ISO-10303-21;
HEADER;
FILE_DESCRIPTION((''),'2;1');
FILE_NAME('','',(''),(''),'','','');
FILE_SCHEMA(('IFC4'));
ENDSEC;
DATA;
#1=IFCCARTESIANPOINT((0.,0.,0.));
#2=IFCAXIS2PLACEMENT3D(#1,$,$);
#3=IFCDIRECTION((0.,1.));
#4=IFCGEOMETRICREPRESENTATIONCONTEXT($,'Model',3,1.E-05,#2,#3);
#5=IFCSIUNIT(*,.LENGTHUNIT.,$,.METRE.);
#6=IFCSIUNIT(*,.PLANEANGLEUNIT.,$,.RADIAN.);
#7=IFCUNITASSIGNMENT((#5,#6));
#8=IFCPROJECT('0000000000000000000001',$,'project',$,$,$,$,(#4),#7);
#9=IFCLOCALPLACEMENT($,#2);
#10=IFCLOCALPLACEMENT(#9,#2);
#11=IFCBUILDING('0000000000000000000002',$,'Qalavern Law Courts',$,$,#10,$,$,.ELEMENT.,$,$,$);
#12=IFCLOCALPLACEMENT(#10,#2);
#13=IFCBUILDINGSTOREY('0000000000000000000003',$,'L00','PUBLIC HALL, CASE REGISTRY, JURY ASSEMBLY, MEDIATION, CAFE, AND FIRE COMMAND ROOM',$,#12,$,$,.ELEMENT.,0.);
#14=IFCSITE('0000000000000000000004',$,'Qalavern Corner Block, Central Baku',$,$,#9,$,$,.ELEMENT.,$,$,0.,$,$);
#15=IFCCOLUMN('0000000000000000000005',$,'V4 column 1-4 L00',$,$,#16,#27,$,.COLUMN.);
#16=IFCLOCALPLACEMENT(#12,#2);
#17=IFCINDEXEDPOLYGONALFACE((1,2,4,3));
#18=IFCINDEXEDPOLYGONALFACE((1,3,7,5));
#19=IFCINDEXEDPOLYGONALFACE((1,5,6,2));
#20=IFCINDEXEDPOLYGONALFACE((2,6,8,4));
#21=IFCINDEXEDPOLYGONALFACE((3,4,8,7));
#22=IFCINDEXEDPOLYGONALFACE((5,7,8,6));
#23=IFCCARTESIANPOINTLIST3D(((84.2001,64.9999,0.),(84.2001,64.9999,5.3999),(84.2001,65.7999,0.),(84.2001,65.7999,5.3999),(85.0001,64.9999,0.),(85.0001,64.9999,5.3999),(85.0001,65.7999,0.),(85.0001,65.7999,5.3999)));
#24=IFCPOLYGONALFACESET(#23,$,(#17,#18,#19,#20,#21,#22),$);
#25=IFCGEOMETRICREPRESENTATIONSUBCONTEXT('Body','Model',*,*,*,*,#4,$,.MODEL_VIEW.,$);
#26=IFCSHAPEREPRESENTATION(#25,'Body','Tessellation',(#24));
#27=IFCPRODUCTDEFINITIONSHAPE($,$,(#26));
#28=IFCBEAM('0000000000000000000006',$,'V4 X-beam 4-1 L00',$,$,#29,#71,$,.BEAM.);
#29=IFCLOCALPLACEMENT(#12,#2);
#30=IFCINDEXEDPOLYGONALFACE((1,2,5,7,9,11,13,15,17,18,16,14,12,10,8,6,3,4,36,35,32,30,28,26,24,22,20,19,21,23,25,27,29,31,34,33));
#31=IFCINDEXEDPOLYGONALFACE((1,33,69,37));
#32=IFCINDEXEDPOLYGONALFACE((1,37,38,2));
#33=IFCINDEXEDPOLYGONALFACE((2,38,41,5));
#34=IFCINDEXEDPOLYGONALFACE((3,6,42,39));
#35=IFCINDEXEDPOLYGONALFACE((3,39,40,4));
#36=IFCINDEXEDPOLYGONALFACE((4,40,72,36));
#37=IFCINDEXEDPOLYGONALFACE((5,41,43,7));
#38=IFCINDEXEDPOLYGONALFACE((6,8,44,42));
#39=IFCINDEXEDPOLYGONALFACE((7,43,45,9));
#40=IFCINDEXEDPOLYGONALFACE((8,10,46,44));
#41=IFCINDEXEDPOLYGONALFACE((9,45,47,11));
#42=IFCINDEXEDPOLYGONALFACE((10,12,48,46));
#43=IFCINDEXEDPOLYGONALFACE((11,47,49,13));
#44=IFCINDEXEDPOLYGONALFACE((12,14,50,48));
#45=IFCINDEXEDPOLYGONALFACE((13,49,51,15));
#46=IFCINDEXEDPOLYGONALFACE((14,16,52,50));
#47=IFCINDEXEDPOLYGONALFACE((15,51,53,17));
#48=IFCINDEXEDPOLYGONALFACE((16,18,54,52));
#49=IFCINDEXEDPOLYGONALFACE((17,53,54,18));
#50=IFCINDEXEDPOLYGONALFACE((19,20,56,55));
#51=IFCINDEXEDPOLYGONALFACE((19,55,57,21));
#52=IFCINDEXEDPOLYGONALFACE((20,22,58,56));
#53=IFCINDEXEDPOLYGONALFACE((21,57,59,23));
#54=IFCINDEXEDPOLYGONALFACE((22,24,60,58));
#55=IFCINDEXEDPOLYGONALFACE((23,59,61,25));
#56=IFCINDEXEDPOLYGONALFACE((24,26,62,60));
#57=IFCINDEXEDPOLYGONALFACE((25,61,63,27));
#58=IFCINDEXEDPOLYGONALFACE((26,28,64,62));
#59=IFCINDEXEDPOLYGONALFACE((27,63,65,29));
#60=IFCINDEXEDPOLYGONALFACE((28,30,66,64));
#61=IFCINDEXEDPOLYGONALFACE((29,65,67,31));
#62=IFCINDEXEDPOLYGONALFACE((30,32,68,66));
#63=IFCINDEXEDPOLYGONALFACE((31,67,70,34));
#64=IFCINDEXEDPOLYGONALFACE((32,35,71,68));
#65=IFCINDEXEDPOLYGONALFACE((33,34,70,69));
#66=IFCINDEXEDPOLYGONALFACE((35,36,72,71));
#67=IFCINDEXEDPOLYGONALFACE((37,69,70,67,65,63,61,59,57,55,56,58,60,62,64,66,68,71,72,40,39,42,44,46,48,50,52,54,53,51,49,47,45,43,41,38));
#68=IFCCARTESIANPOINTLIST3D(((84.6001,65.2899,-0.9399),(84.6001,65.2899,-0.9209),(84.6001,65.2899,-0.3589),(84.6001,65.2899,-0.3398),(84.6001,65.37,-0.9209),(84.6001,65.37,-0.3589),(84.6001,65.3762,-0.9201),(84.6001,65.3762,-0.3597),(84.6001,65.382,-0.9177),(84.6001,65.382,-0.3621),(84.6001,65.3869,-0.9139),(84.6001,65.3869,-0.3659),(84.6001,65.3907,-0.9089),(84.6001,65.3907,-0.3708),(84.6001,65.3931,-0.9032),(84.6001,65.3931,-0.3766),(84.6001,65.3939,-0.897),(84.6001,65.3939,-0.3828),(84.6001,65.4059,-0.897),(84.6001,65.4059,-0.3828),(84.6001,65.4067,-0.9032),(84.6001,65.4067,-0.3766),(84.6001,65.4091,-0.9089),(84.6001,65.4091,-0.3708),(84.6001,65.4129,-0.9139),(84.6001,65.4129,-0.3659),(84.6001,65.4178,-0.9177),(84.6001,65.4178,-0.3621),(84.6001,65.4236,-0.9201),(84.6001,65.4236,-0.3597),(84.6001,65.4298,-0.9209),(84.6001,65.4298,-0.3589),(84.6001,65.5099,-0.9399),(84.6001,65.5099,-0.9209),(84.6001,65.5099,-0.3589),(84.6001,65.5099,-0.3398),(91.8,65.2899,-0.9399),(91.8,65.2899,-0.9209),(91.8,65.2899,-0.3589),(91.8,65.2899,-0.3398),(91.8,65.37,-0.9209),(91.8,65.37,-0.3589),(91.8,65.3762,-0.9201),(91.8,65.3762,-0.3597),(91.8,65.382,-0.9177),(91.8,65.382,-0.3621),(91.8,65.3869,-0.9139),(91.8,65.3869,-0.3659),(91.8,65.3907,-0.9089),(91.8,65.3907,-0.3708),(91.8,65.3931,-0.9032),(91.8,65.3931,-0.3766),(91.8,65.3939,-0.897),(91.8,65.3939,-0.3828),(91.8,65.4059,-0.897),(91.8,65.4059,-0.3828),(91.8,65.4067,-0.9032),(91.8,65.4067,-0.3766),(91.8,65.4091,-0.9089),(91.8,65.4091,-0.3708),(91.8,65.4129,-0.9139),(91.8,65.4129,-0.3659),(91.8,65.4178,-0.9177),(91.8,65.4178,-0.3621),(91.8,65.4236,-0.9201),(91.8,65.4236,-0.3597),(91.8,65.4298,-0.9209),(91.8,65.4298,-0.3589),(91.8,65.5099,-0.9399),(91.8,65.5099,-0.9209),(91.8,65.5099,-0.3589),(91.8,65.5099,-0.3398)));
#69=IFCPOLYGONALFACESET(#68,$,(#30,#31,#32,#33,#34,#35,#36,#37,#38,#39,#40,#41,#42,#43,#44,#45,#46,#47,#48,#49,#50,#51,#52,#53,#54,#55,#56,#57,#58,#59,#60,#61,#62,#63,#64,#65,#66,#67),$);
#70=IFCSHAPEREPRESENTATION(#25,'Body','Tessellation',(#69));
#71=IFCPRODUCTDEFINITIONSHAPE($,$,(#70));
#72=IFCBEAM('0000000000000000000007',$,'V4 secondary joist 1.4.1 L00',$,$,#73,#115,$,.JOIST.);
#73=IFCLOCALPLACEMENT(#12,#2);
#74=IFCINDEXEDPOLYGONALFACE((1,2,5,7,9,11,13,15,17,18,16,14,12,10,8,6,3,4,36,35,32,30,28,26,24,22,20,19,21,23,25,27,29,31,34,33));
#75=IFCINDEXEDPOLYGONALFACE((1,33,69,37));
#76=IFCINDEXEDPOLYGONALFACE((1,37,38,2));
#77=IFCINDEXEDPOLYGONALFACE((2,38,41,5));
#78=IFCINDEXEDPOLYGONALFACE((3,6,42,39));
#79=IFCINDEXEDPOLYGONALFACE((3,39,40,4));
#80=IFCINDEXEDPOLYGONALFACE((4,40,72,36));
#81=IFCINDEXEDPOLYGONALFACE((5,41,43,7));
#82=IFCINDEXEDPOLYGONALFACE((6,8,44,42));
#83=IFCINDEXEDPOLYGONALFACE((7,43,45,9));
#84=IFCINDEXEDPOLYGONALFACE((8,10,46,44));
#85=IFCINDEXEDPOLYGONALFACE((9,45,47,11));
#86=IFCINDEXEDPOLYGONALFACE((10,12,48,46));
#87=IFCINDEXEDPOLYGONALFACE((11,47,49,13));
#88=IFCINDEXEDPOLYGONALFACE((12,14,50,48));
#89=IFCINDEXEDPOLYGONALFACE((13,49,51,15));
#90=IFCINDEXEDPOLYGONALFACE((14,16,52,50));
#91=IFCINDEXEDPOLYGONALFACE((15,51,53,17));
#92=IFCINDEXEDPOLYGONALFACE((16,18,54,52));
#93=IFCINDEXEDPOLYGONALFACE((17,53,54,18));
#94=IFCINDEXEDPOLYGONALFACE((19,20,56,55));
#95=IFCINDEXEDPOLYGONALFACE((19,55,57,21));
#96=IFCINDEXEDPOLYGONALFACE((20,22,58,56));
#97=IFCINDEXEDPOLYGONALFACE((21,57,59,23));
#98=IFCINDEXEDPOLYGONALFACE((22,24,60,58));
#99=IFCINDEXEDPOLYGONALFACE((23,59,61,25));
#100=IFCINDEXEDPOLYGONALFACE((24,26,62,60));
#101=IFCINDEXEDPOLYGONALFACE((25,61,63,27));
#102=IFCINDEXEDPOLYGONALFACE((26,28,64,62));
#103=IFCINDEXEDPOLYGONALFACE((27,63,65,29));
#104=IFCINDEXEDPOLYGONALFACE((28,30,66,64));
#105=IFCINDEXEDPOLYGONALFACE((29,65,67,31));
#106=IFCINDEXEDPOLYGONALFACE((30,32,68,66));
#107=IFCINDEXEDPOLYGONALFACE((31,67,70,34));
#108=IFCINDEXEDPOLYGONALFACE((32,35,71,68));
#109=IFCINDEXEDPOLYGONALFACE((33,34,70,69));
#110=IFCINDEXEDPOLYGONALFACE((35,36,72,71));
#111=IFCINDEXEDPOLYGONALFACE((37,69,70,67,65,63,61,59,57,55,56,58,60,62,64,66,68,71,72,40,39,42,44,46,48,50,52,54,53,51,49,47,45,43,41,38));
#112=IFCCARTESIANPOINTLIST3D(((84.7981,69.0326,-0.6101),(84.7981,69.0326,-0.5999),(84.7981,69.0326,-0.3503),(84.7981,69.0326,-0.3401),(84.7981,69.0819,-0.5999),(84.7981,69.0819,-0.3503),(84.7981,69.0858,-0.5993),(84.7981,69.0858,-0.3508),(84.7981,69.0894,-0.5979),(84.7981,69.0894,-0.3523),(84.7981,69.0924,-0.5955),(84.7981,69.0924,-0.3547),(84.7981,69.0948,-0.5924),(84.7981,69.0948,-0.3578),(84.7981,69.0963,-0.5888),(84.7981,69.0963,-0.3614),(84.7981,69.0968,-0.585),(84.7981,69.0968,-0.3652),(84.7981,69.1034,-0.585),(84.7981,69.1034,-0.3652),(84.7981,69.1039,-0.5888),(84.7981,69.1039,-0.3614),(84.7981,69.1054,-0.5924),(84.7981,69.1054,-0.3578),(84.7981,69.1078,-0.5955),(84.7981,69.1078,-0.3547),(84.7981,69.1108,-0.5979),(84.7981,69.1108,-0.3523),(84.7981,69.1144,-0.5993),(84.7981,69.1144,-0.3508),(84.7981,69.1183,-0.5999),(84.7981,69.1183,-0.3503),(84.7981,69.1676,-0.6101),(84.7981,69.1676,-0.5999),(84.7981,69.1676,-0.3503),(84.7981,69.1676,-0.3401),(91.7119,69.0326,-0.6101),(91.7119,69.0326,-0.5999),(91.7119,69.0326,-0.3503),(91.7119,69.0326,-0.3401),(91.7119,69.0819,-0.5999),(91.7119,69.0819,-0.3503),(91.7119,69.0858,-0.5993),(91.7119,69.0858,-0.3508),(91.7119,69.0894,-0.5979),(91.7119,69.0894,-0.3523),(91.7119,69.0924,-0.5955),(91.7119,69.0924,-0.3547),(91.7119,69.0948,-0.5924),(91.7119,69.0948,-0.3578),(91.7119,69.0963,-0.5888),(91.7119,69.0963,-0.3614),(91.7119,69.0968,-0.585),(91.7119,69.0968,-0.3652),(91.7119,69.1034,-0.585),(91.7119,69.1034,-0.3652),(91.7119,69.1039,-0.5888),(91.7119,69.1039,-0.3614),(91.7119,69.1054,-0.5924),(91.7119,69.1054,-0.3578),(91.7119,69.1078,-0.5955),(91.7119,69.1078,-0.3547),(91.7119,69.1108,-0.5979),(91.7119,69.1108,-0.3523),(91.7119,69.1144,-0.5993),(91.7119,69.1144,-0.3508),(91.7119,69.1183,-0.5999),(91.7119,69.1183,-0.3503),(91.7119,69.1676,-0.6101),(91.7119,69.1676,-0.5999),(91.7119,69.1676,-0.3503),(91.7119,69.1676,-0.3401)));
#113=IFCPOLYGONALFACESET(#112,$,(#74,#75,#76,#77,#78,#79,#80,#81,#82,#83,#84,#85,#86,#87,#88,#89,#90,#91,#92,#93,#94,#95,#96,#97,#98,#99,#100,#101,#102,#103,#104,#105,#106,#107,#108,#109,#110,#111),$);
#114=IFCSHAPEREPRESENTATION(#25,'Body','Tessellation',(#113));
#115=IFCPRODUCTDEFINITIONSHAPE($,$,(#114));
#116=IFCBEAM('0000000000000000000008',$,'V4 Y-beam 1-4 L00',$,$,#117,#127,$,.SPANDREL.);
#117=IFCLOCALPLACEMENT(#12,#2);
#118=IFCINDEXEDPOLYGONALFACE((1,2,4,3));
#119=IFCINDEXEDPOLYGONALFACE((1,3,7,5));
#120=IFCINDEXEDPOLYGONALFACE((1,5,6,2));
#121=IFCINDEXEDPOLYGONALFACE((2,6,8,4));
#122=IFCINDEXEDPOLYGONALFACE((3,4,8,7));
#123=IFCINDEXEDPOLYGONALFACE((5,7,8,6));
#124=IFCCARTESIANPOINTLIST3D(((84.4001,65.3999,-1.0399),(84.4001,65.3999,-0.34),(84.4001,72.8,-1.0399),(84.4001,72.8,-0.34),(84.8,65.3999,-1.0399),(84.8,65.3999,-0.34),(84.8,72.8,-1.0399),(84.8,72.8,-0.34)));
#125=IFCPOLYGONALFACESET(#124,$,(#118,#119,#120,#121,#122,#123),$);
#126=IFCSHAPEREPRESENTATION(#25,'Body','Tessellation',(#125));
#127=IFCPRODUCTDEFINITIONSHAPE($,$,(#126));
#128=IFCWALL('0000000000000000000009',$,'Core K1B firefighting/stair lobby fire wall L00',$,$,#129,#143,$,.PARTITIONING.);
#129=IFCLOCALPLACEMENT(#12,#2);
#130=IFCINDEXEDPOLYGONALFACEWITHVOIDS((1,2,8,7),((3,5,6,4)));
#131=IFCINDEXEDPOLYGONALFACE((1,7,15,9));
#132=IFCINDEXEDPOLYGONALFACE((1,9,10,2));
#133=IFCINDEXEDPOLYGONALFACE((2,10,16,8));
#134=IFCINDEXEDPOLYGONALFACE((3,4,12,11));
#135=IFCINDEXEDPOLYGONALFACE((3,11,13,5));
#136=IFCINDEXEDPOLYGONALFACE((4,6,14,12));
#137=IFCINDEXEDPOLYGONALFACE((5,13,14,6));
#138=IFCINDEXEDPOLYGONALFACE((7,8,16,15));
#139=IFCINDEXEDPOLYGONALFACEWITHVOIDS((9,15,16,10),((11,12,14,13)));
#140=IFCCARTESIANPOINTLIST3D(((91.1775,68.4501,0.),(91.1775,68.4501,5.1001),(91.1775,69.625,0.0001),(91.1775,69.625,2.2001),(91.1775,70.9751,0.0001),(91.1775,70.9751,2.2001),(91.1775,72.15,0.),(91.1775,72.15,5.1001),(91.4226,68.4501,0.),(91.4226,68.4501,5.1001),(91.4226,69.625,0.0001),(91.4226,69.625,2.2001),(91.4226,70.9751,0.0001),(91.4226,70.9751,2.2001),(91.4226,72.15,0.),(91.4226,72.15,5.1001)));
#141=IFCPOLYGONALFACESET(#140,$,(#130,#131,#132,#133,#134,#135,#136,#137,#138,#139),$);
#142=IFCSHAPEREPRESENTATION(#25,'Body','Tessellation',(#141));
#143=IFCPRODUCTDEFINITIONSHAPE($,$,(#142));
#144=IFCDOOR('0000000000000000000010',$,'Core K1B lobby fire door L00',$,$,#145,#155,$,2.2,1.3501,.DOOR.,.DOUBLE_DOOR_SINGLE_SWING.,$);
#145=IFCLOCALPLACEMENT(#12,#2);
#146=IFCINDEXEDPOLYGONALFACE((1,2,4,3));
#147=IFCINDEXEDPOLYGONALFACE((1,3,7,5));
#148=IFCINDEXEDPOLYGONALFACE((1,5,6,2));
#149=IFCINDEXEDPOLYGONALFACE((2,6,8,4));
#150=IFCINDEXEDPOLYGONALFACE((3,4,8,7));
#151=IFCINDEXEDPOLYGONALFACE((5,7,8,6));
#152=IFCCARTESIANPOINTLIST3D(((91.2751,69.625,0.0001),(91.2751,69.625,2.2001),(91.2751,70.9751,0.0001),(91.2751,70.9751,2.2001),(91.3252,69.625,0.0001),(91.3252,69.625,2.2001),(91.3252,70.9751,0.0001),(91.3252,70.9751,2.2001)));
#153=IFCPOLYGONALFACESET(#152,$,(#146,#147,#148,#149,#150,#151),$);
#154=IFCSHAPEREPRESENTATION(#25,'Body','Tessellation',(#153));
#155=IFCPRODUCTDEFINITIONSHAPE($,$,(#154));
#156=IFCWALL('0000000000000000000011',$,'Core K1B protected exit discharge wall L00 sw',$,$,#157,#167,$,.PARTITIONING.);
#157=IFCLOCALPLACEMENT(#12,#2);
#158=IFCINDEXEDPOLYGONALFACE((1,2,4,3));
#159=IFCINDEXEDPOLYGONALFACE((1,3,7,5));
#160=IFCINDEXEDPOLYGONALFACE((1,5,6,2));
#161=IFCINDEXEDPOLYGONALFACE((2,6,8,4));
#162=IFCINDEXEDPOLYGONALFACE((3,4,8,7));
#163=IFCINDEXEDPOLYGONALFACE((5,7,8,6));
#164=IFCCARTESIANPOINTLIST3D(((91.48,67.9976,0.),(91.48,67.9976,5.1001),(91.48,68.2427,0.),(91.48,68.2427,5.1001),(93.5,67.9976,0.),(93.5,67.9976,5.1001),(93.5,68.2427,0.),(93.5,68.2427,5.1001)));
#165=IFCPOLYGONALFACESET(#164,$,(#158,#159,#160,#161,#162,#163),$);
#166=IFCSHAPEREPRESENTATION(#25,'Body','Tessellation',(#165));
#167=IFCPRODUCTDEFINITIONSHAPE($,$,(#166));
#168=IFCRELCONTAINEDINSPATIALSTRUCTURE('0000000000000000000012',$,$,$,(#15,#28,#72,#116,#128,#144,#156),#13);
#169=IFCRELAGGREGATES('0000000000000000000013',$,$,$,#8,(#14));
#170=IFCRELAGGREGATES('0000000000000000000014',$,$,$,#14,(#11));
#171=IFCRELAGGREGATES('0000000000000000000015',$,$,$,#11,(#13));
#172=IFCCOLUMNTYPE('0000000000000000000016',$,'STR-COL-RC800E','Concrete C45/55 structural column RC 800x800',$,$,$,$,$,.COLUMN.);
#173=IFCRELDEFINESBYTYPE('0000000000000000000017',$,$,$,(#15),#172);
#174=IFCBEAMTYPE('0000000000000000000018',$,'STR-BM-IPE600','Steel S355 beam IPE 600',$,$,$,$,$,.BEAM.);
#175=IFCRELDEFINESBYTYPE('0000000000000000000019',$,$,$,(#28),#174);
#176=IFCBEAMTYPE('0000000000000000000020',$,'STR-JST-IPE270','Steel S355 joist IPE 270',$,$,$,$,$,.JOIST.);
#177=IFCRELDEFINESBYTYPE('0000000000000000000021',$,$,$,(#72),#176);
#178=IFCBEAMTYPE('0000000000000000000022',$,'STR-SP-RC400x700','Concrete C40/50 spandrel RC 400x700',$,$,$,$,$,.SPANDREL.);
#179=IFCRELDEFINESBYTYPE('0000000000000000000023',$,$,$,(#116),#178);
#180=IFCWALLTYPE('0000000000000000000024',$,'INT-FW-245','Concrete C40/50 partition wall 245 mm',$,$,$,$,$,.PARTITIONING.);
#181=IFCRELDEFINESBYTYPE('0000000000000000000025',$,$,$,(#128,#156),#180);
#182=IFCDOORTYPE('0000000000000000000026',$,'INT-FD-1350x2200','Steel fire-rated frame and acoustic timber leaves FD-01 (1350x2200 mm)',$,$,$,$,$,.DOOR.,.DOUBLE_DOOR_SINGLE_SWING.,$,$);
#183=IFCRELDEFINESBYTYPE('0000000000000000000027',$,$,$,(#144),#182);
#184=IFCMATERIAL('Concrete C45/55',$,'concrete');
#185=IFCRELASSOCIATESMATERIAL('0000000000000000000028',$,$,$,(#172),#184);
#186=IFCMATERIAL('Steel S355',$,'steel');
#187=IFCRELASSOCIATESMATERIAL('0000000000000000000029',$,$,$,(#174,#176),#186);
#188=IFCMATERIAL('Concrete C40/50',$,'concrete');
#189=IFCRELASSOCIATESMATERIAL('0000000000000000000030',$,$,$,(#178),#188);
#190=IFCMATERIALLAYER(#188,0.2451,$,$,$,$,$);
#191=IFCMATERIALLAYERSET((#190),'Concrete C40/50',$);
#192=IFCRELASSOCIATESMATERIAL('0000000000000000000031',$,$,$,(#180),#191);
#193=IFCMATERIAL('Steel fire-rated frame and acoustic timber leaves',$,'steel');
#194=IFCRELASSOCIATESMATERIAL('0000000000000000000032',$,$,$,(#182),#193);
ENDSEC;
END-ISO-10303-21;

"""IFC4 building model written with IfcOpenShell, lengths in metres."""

from ifc_helpers import new_model, si_unit, direction, frame, frame_2d, origin, origin_2d, place, context, subcontext, project, spatial, rectangle, i_section, extrude, material, layer, layer_set, material_profile, profile_set, type_object, element, fill, save


model = new_model("IFC4")

# Units and contexts
model_context = context("Model", 3, precision=1e-05, world=origin(), true_north=direction((0.0, 1.0)))
body_context = subcontext(model_context, "Body", "Model", "MODEL_VIEW")
ifc_project = project(units=[si_unit("LENGTHUNIT", "METRE"), si_unit("PLANEANGLEUNIT", "RADIAN")], contexts=[model_context])

# Site, building, storey
site_placement = place(None, origin())
site = spatial("IfcSite", under=ifc_project, at=site_placement, Name="Qalavern Corner Block, Central Baku", CompositionType="ELEMENT", RefElevation=0.0)
building_placement = place(site_placement, origin())
building = spatial("IfcBuilding", under=site, at=building_placement, Name="Qalavern Law Courts", CompositionType="ELEMENT")
storey_placement = place(building_placement, origin())
storey = spatial("IfcBuildingStorey", under=building, at=storey_placement, Name="L00", Description="PUBLIC HALL, CASE REGISTRY, JURY ASSEMBLY, MEDIATION, CAFE, AND FIRE COMMAND ROOM", CompositionType="ELEMENT", Elevation=0.0)

# Column
ifc_material_1 = material(Name="Concrete C45/55", Category="concrete")
ifc_material_profile_1 = material_profile(ifc_material_1, rectangle(XDim=0.8, YDim=0.8, at=origin_2d()), Name="RC 800x800")
ifc_profile_set_1 = profile_set([ifc_material_profile_1], Name="Concrete C45/55")
column_type = type_object("IfcColumnType", Name="STR-COL-RC800E", Description="Concrete C45/55 structural column RC 800x800", PredefinedType="COLUMN", material=ifc_profile_set_1)
column_placement = place(storey_placement, frame((84.6001, 65.3999, 0.0), z_axis=(0.0, 0.0, 1.0), x_axis=(1.0, 0.0, 0.0)))
element("IfcColumn", 1, at=column_placement, inside=storey, type_object=column_type, Name="V4 column 1-4 L00", PredefinedType="COLUMN", context=body_context, shape_type="SweptSolid", body=[
    extrude(rectangle(XDim=0.8, YDim=0.8, at=origin_2d()), origin(), (0.0, 0.0, 1.0), 5.3999),
])

# Beams
ifc_material_2 = material(Name="Steel S355", Category="steel")
ifc_material_profile_2 = material_profile(ifc_material_2, i_section(OverallWidth=0.22, OverallDepth=0.6001, WebThickness=0.012, FlangeThickness=0.019, FilletRadius=0.0239, at=origin_2d()), Name="IPE 600")
ifc_profile_set_2 = profile_set([ifc_material_profile_2], Name="Steel S355")
beam_type_1 = type_object("IfcBeamType", Name="STR-BM-IPE600", Description="Steel S355 beam IPE 600", PredefinedType="BEAM", material=ifc_profile_set_2)
beam_1_placement = place(storey_placement, frame((84.6001, 65.3999, -0.6399), z_axis=(1.0, 0.0, 0.0), x_axis=(0.0, 1.0, 0.0)))
element("IfcBeam", 2, at=beam_1_placement, inside=storey, type_object=beam_type_1, Name="V4 X-beam 4-1 L00", PredefinedType="BEAM", context=body_context, shape_type="SweptSolid", body=[
    extrude(i_section(OverallWidth=0.22, OverallDepth=0.6001, WebThickness=0.012, FlangeThickness=0.019, FilletRadius=0.0239, at=origin_2d()), origin(), (0.0, 0.0, 1.0), 7.2),
])
ifc_material_profile_3 = material_profile(ifc_material_2, i_section(OverallWidth=0.135, OverallDepth=0.27, WebThickness=0.0066, FlangeThickness=0.0103, FilletRadius=0.0149, at=origin_2d()), Name="IPE 270")
ifc_profile_set_3 = profile_set([ifc_material_profile_3], Name="Steel S355")
beam_type_2 = type_object("IfcBeamType", Name="STR-JST-IPE270", Description="Steel S355 joist IPE 270", PredefinedType="JOIST", material=ifc_profile_set_3)
beam_2_placement = place(storey_placement, frame((84.7981, 69.1001, -0.4751), z_axis=(1.0, 0.0, 0.0), x_axis=(0.0, 1.0, 0.0)))
element("IfcBeam", 3, at=beam_2_placement, inside=storey, type_object=beam_type_2, Name="V4 secondary joist 1.4.1 L00", PredefinedType="JOIST", context=body_context, shape_type="SweptSolid", body=[
    extrude(i_section(OverallWidth=0.135, OverallDepth=0.27, WebThickness=0.0066, FlangeThickness=0.0103, FilletRadius=0.0149, at=origin_2d()), origin(), (0.0, 0.0, 1.0), 6.9138),
])
ifc_material_3 = material(Name="Concrete C40/50", Category="concrete")
ifc_material_profile_4 = material_profile(ifc_material_3, rectangle(XDim=0.3999, YDim=0.7, at=origin_2d()), Name="RC 400x700")
ifc_profile_set_4 = profile_set([ifc_material_profile_4], Name="Concrete C40/50")
beam_type_3 = type_object("IfcBeamType", Name="STR-SP-RC400x700", Description="Concrete C40/50 spandrel RC 400x700", PredefinedType="SPANDREL", material=ifc_profile_set_4)
beam_3_placement = place(storey_placement, frame((84.6001, 65.3999, -0.6899), z_axis=(0.0, 1.0, 0.0), x_axis=(-1.0, 0.0, 0.0)))
element("IfcBeam", 4, at=beam_3_placement, inside=storey, type_object=beam_type_3, Name="V4 Y-beam 1-4 L00", PredefinedType="SPANDREL", context=body_context, shape_type="SweptSolid", body=[
    extrude(rectangle(XDim=0.3999, YDim=0.7, at=origin_2d()), origin(), (0.0, 0.0, 1.0), 7.4001),
])

# Wall, opening, door
ifc_layer_1 = layer(ifc_material_3, 0.2451)
ifc_layer_set_1 = layer_set([ifc_layer_1], Name="Concrete C40/50")
wall_type = type_object("IfcWallType", Name="INT-FW-245", Description="Concrete C40/50 partition wall 245 mm", PredefinedType="PARTITIONING", material=ifc_layer_set_1)
wall_1_placement = place(storey_placement, frame((91.3, 68.45, 0.0), z_axis=(0.0, 0.0, 1.0), x_axis=(0.0, 1.0, 0.0)))
wall_1 = element("IfcWall", 5, at=wall_1_placement, inside=storey, type_object=wall_type, Name="Core K1B firefighting/stair lobby fire wall L00", PredefinedType="PARTITIONING", context=body_context, shape_type="SweptSolid", body=[
    extrude(rectangle(XDim=3.7, YDim=0.2451, at=frame_2d((1.8501, 0.0))), origin(), (0.0, 0.0, 1.0), 5.1001),
])
opening_placement = place(wall_1_placement, frame((1.175, 0.0, 0.0)))
opening = element("IfcOpeningElement", 6, at=opening_placement, cuts=wall_1, PredefinedType="OPENING", context=body_context, shape_type="SweptSolid", body=[
    extrude(rectangle(XDim=1.3501, YDim=2.2, at=frame_2d((0.675, 1.1001))), frame((0.0, 0.1375, 0.0), z_axis=(0.0, -1.0, 0.0), x_axis=(1.0, 0.0, 0.0)), (0.0, 0.0, 1.0), 0.2749),
])
ifc_material_4 = material(Name="Steel fire-rated frame and acoustic timber leaves", Category="steel")
door_type = type_object("IfcDoorType", Name="INT-FD-1350x2200", Description="Steel fire-rated frame and acoustic timber leaves FD-01 (1350x2200 mm)", OperationType="DOUBLE_DOOR_SINGLE_SWING", PredefinedType="DOOR", material=ifc_material_4)
door_placement = place(opening_placement, origin())
door = element("IfcDoor", 7, at=door_placement, inside=storey, type_object=door_type, Name="Core K1B lobby fire door L00", OperationType="DOUBLE_DOOR_SINGLE_SWING", OverallHeight=2.2, OverallWidth=1.3501, PredefinedType="DOOR", context=body_context, shape_type="SweptSolid", body=[
    extrude(rectangle(XDim=1.3501, YDim=2.2, at=frame_2d((0.675, 1.1001))), frame((0.0, 0.0249, 0.0), z_axis=(0.0, -1.0, 0.0), x_axis=(1.0, 0.0, 0.0)), (0.0, 0.0, 1.0), 0.05),
])
fill(opening, door)

# Wall
wall_2_placement = place(storey_placement, frame((91.48, 68.1201, 0.0), z_axis=(0.0, 0.0, 1.0), x_axis=(1.0, 0.0, 0.0)))
element("IfcWall", 8, at=wall_2_placement, inside=storey, type_object=wall_type, Name="Core K1B protected exit discharge wall L00 sw", PredefinedType="PARTITIONING", context=body_context, shape_type="SweptSolid", body=[
    extrude(rectangle(XDim=2.02, YDim=0.2451, at=frame_2d((1.01, 0.0))), origin(), (0.0, 0.0, 1.0), 5.1001),
])

save(model, "model.ifc")
